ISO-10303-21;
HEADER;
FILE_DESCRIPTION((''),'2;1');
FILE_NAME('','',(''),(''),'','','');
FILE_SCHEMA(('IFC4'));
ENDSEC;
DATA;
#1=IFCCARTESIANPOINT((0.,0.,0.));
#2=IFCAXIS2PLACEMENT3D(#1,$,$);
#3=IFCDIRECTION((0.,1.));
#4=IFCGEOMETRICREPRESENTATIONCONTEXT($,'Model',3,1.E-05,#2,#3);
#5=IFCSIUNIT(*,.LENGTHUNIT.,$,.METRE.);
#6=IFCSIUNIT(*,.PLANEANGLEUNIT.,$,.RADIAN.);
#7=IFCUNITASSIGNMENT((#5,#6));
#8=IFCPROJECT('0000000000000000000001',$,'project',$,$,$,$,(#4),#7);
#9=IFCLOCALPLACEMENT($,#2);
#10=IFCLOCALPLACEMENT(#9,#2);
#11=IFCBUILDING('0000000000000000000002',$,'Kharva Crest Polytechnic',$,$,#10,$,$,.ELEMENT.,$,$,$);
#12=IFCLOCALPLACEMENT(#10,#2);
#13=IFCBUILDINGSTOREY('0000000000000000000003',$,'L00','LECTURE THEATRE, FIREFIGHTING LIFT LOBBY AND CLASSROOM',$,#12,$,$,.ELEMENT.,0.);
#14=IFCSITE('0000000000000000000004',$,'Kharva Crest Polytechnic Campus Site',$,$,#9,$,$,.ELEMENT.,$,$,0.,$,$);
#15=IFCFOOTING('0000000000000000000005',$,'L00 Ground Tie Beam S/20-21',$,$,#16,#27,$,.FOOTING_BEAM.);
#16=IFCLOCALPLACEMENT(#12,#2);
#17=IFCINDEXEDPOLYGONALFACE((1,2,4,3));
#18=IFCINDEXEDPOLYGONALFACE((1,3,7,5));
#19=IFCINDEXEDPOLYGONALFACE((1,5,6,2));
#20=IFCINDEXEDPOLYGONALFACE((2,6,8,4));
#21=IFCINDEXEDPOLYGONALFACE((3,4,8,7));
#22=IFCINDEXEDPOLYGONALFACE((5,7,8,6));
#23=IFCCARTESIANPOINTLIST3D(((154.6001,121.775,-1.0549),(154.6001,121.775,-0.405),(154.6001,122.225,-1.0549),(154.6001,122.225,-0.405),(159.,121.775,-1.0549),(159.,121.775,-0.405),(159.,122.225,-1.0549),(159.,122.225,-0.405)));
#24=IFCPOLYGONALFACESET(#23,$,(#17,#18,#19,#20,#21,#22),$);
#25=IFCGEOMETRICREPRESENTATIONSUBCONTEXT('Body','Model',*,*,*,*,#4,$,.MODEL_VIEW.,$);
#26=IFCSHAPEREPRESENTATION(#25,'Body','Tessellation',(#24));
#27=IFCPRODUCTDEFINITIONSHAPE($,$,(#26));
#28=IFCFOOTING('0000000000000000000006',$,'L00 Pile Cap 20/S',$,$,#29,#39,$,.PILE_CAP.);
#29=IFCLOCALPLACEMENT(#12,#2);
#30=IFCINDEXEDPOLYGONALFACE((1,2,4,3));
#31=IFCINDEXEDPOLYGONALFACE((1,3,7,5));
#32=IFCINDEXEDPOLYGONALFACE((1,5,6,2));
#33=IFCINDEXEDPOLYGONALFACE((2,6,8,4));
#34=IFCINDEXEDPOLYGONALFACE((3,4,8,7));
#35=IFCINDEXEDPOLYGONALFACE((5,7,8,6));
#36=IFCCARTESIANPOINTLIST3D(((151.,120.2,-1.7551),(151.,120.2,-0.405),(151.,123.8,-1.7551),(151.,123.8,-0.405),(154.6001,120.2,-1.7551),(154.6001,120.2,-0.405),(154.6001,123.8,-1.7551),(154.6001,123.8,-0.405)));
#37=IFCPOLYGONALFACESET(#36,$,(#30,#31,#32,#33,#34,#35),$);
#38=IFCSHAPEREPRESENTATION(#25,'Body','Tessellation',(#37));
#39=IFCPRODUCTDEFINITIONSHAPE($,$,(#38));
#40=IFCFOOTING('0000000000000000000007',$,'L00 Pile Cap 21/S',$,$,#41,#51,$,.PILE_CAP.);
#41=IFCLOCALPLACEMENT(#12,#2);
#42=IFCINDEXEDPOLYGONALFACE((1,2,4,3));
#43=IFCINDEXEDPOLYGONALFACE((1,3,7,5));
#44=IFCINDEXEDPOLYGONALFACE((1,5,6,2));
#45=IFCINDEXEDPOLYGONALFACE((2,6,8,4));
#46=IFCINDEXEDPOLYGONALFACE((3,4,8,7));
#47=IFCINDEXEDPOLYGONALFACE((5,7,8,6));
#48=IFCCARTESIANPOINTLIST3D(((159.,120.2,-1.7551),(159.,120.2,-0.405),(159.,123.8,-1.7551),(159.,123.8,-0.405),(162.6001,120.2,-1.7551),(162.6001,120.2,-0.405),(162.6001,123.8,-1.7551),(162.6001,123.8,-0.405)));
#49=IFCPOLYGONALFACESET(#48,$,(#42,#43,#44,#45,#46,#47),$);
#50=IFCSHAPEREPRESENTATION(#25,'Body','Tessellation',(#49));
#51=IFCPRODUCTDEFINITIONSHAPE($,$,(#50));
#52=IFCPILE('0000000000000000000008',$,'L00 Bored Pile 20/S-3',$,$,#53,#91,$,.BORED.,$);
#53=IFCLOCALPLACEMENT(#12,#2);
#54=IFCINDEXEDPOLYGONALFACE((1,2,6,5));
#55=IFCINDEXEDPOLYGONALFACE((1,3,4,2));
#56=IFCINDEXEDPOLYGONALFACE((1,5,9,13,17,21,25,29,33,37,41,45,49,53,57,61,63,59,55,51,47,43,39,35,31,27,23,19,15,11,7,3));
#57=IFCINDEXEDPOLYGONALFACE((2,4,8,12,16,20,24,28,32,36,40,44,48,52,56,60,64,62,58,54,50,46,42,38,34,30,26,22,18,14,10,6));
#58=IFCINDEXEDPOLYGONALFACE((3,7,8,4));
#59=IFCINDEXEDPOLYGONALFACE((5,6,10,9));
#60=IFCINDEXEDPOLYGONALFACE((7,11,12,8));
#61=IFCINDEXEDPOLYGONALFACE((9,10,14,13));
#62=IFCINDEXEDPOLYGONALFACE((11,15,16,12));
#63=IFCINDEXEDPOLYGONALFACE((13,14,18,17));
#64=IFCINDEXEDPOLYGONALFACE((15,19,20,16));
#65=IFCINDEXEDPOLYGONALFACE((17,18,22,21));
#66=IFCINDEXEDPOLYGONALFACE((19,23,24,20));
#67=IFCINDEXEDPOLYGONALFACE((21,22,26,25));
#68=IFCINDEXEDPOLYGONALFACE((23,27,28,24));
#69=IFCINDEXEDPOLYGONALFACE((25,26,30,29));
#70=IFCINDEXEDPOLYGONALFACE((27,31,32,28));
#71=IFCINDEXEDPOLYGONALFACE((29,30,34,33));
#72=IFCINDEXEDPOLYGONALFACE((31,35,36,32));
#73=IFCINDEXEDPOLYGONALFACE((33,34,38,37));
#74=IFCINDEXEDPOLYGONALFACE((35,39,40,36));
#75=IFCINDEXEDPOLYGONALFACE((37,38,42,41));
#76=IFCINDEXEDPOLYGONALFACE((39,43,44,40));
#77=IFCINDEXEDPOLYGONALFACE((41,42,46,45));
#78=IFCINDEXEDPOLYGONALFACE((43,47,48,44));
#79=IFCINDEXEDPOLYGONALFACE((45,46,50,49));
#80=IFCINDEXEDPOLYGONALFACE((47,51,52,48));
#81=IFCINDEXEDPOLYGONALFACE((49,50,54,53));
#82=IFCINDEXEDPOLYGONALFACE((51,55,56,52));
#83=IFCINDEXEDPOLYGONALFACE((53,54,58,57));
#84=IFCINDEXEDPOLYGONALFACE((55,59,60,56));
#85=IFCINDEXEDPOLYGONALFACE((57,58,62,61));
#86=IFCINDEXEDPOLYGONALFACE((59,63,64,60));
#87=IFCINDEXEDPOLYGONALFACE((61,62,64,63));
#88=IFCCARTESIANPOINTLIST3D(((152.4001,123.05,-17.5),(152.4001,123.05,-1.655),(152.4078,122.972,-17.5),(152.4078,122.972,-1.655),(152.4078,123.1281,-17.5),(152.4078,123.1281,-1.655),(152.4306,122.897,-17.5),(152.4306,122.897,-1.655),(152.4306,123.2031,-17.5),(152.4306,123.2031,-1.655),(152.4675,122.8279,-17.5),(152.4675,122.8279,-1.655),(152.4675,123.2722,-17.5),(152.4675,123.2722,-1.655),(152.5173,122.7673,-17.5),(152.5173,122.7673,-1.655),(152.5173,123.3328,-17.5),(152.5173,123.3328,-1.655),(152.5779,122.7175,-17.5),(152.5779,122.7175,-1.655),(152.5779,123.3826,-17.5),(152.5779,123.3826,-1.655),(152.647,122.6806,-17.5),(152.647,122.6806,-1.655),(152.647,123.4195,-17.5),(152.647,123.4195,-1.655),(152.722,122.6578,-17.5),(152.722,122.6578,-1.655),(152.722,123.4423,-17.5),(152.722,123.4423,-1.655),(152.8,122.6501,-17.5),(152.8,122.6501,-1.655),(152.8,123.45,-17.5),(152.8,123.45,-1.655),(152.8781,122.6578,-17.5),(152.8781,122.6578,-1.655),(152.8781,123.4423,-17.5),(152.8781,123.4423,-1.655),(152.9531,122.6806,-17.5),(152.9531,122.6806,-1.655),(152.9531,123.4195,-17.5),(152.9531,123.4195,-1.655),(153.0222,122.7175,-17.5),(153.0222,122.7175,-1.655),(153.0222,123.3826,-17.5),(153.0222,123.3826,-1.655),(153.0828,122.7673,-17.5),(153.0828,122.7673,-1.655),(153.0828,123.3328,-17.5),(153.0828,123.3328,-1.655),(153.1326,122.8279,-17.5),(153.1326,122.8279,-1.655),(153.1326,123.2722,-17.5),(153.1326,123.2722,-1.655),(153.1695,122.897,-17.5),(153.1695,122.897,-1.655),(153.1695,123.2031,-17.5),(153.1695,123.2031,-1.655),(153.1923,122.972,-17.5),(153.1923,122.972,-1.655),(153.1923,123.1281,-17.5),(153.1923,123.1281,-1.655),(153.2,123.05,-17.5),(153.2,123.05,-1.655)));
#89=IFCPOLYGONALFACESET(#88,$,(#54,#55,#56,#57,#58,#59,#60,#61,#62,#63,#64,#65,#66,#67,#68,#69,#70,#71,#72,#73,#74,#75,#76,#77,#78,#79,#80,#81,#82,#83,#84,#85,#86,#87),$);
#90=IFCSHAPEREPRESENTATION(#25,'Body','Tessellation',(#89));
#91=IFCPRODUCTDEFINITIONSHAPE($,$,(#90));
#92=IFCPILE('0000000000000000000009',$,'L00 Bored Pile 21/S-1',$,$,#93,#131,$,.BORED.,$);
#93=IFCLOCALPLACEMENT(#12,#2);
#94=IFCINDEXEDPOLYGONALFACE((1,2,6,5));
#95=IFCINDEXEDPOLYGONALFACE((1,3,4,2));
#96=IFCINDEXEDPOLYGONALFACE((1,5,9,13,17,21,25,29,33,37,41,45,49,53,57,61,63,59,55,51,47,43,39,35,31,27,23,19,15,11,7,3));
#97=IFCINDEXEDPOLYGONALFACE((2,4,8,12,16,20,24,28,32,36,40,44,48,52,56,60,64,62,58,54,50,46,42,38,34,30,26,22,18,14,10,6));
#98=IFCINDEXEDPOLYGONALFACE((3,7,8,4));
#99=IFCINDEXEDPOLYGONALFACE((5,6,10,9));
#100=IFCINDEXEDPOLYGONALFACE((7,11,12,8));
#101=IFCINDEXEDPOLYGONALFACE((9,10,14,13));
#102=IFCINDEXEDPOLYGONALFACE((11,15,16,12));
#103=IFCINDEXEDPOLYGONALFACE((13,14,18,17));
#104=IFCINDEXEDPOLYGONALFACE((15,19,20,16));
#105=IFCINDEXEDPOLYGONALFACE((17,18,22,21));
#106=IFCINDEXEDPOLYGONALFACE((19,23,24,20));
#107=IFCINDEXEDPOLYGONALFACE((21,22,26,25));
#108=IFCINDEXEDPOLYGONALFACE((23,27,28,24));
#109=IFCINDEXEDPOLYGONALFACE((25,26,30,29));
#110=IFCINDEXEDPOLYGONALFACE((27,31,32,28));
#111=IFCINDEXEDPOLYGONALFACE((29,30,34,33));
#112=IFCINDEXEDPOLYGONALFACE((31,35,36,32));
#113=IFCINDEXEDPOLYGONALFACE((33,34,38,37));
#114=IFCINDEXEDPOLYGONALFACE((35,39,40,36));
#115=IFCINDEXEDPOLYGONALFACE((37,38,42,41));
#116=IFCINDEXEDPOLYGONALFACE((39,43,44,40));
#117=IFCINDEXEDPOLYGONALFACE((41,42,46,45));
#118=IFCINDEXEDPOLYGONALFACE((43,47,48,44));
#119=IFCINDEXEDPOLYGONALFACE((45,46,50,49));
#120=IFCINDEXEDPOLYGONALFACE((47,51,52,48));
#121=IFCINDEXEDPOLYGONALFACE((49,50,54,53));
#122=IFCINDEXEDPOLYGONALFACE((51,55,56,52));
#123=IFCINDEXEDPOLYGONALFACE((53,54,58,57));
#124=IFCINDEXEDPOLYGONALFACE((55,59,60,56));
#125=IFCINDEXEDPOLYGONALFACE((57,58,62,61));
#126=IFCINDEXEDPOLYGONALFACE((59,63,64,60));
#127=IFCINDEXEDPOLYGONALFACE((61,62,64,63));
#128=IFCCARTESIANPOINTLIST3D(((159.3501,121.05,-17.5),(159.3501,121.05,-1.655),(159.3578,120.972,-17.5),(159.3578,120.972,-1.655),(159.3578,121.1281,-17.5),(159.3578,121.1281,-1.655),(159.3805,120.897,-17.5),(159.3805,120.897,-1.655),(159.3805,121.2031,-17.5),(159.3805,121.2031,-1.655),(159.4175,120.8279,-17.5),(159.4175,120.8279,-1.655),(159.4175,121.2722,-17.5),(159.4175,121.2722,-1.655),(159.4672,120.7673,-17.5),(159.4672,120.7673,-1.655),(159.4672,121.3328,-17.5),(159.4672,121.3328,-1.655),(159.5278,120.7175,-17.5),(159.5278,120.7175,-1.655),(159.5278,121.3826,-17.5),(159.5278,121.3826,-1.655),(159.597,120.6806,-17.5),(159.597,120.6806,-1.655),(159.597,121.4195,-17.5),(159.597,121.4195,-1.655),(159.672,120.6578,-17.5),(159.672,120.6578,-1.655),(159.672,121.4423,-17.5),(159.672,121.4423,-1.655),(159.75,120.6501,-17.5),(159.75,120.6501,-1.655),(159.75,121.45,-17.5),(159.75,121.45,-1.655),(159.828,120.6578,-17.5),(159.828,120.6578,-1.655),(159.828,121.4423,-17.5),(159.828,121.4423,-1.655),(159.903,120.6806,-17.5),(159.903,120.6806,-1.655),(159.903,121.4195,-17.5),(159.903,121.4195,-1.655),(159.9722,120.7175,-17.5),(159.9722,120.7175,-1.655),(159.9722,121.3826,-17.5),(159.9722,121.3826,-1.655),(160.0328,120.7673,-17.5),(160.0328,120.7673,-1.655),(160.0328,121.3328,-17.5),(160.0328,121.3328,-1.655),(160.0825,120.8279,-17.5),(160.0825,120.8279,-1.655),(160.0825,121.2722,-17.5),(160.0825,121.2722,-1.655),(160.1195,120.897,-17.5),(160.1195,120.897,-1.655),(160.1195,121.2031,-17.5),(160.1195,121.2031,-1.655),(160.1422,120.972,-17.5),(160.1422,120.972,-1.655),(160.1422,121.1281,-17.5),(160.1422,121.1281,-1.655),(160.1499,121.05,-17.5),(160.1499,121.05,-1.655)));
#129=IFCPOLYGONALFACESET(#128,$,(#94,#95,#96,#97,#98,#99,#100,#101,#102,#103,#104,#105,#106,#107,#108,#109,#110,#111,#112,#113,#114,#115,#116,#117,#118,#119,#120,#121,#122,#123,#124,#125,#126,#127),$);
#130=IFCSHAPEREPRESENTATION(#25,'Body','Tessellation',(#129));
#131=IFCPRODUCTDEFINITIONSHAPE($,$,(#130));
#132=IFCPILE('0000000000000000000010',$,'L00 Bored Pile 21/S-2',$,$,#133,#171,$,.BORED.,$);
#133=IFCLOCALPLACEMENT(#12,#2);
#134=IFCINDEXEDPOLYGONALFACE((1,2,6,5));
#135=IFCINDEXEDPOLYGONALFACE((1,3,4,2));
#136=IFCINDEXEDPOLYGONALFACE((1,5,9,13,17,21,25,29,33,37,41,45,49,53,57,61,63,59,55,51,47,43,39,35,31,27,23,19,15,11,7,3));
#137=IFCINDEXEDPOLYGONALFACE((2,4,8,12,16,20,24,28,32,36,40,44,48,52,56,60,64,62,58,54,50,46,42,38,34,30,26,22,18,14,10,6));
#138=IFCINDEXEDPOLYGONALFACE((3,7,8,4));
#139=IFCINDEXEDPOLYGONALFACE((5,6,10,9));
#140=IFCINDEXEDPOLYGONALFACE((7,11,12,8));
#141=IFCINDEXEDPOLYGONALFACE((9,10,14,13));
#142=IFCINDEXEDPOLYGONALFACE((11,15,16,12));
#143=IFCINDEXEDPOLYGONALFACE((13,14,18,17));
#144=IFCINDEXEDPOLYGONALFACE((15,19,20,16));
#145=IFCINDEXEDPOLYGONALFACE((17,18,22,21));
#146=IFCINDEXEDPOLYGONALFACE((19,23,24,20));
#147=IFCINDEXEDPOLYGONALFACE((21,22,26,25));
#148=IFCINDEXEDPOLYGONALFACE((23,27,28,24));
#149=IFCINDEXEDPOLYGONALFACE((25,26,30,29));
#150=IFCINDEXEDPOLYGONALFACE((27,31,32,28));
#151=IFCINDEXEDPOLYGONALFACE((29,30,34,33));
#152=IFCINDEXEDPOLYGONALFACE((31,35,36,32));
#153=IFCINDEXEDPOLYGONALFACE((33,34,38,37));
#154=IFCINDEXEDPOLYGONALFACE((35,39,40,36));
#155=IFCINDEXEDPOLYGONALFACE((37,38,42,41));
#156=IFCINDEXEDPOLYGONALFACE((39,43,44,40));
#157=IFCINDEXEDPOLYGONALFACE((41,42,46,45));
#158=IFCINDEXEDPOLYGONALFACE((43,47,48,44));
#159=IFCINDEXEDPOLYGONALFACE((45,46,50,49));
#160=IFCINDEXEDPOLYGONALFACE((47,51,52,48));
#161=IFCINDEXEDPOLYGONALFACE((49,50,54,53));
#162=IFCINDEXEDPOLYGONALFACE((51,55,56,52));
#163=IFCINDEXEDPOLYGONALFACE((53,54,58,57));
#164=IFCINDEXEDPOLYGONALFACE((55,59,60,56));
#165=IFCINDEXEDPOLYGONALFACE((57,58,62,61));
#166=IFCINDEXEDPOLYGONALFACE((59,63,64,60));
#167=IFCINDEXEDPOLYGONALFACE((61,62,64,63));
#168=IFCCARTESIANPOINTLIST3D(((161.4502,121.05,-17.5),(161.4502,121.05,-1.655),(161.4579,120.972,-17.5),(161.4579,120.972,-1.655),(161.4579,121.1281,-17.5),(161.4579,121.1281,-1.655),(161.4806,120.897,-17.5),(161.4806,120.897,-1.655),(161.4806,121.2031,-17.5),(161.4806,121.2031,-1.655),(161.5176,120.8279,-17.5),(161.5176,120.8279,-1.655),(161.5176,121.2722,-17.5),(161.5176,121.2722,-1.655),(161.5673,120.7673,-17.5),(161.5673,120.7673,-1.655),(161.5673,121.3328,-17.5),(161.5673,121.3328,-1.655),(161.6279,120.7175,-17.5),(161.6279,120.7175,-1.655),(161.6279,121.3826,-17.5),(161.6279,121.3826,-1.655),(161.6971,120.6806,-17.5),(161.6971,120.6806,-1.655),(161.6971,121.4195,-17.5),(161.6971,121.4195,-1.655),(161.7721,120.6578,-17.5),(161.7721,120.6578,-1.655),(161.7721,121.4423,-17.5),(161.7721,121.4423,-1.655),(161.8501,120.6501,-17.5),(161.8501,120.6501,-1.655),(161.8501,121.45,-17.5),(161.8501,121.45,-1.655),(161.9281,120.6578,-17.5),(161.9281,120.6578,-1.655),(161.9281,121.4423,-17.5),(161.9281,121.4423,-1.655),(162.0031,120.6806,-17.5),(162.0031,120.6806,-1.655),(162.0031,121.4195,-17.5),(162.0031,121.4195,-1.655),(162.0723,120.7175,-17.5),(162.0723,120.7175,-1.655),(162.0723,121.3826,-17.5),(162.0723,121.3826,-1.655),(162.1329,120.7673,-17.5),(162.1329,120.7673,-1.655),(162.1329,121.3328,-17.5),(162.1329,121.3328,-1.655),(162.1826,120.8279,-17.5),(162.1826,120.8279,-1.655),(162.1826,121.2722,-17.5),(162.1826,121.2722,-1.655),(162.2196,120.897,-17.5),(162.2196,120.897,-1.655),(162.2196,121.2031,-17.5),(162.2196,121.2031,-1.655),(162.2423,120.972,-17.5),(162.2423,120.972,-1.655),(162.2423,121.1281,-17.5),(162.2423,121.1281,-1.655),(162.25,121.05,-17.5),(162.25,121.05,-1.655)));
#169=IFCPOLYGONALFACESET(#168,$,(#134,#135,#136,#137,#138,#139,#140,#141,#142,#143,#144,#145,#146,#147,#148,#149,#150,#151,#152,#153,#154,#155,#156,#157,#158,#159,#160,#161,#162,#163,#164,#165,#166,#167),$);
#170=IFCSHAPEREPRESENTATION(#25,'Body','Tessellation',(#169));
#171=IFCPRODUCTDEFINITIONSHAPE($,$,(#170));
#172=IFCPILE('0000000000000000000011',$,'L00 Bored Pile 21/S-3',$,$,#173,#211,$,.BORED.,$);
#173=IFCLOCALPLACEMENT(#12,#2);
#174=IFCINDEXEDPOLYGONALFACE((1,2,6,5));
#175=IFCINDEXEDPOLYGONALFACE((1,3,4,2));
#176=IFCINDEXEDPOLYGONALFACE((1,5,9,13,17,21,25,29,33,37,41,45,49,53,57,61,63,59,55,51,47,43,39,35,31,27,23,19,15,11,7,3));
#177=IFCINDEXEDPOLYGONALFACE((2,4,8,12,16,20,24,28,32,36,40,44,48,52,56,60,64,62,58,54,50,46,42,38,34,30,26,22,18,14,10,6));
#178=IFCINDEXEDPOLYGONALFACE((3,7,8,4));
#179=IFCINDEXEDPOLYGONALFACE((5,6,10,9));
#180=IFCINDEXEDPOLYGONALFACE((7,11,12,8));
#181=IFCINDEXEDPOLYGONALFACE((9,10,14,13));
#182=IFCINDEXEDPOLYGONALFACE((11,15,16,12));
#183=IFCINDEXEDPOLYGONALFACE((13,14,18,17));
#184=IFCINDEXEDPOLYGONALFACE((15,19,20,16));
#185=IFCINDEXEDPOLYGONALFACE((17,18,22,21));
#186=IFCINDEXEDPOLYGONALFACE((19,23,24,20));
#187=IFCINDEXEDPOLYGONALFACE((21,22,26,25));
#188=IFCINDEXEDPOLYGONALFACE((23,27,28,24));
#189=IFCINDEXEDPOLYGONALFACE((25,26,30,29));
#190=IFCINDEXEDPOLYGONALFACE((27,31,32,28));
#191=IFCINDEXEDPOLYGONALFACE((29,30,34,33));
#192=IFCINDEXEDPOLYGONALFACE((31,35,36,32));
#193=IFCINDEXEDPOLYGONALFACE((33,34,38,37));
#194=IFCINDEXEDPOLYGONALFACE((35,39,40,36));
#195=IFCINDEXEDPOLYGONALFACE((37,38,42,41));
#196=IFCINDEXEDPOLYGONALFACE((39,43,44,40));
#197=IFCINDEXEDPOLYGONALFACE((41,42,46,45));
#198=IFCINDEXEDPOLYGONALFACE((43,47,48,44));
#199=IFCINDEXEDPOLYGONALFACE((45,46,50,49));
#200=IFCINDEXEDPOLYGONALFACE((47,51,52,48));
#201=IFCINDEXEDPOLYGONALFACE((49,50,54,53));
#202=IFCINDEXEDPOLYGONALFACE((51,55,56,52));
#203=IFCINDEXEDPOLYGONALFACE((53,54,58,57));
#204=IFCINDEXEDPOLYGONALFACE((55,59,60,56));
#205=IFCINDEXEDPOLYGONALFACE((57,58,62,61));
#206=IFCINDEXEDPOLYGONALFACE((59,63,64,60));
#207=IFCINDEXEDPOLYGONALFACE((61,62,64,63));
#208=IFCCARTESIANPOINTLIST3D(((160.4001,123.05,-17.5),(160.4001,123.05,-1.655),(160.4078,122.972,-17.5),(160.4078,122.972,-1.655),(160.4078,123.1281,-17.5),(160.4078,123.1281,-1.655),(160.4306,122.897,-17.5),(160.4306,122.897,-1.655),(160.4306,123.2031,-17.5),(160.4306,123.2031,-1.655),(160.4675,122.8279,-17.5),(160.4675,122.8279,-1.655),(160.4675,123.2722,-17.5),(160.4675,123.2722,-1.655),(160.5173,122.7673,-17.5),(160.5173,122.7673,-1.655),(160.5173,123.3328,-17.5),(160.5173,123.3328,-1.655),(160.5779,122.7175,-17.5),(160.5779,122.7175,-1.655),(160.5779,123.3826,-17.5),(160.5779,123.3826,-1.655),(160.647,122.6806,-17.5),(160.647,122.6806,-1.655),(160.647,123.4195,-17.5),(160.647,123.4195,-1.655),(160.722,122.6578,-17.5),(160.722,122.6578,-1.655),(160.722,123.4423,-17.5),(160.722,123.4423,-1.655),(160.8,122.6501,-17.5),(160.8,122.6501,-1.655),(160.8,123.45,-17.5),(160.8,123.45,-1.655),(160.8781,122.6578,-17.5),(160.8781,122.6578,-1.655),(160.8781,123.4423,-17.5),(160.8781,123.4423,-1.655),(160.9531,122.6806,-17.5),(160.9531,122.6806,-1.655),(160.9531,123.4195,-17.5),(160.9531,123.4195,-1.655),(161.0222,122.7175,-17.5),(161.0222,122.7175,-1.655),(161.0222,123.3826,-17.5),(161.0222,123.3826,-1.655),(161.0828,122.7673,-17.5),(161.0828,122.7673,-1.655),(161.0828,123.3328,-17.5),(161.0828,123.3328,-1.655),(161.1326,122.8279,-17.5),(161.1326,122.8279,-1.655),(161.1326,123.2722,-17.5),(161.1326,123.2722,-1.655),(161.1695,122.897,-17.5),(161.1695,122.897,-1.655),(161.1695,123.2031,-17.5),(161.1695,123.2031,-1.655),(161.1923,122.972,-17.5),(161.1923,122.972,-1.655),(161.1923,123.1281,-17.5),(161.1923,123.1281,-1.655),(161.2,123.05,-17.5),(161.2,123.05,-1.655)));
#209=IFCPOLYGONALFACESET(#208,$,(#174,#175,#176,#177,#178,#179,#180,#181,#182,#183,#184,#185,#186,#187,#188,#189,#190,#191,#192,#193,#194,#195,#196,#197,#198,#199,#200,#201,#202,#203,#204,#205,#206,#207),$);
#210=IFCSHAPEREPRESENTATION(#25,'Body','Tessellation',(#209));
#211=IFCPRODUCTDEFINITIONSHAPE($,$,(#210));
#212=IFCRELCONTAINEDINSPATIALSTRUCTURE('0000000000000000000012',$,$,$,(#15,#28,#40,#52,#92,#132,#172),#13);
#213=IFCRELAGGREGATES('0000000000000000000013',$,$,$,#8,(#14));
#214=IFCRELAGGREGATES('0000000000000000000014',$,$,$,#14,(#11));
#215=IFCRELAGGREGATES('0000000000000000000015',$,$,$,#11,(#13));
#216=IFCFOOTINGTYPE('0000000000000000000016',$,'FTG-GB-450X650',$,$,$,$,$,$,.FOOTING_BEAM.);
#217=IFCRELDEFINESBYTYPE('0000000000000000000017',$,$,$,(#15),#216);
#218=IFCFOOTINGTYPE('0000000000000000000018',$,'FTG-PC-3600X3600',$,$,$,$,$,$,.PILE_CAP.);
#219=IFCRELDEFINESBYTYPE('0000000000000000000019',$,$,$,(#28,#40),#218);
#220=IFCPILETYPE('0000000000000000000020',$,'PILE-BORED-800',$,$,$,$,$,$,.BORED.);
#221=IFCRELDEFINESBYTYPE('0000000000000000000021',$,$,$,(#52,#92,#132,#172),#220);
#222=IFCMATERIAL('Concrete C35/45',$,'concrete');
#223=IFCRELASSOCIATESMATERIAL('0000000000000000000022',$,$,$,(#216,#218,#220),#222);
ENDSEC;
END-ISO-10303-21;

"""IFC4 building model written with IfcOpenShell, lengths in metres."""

from ifc_helpers import new_model, si_unit, direction, frame, origin, origin_2d, place, context, subcontext, project, spatial, rectangle, circle, extrude, material, material_profile, profile_set, type_object, element, save


model = new_model("IFC4")

# Units and contexts
model_context = context("Model", 3, precision=1e-05, world=origin(), true_north=direction((0.0, 1.0)))
body_context = subcontext(model_context, "Body", "Model", "MODEL_VIEW")
ifc_project = project(units=[si_unit("LENGTHUNIT", "METRE"), si_unit("PLANEANGLEUNIT", "RADIAN")], contexts=[model_context])

# Site, building, storey
site_placement = place(None, origin())
site = spatial("IfcSite", under=ifc_project, at=site_placement, Name="Kharva Crest Polytechnic Campus Site", CompositionType="ELEMENT", RefElevation=0.0)
building_placement = place(site_placement, origin())
building = spatial("IfcBuilding", under=site, at=building_placement, Name="Kharva Crest Polytechnic", CompositionType="ELEMENT")
storey_placement = place(building_placement, origin())
storey = spatial("IfcBuildingStorey", under=building, at=storey_placement, Name="L00", Description="LECTURE THEATRE, FIREFIGHTING LIFT LOBBY AND CLASSROOM", CompositionType="ELEMENT", Elevation=0.0)

# Footings
ifc_material_1 = material(Name="Concrete C35/45", Category="concrete")
footing_type_1 = type_object("IfcFootingType", Name="FTG-GB-450X650", PredefinedType="FOOTING_BEAM", material=ifc_material_1)
footing_placement = place(storey_placement, frame((156.8, 122.0, -1.0549), z_axis=(0.0, 0.0, 1.0), x_axis=(1.0, 0.0, 0.0)))
element("IfcFooting", 1, at=footing_placement, inside=storey, type_object=footing_type_1, Name="L00 Ground Tie Beam S/20-21", PredefinedType="FOOTING_BEAM", context=body_context, shape_type="SweptSolid", body=[
    extrude(rectangle(XDim=4.3999, YDim=0.45, at=origin_2d()), origin(), (0.0, 0.0, 1.0), 0.6499),
])
footing_type_2 = type_object("IfcFootingType", Name="FTG-PC-3600X3600", PredefinedType="PILE_CAP", material=ifc_material_1)
for number, where, z_axis, x_axis, name in (
    (2, (152.8, 122.0, -1.7551), (0.0, 0.0, 1.0), (1.0, 0.0, 0.0), "L00 Pile Cap 20/S"),
    (3, (160.8, 122.0, -1.7551), (0.0, 0.0, 1.0), (1.0, 0.0, 0.0), "L00 Pile Cap 21/S"),
):
    element("IfcFooting", number, at=place(storey_placement, frame(where, z_axis=z_axis, x_axis=x_axis)), inside=storey, type_object=footing_type_2, Name=name, PredefinedType="PILE_CAP", context=body_context, shape_type="SweptSolid", body=[
        extrude(rectangle(XDim=3.6001, YDim=3.6001, at=origin_2d()), origin(), (0.0, 0.0, 1.0), 1.3501),
    ])

# Piles
ifc_material_profile_1 = material_profile(ifc_material_1, circle(Radius=0.3999, at=origin_2d()), Name="DIA 800")
ifc_profile_set_1 = profile_set([ifc_material_profile_1], Name="Concrete C35/45")
pile_type = type_object("IfcPileType", Name="PILE-BORED-800", PredefinedType="BORED", material=ifc_profile_set_1)
for number, where, z_axis, x_axis, name in (
    (4, (152.8, 123.05, -1.655), (0.0, 0.0, -1.0), (1.0, 0.0, 0.0), "L00 Bored Pile 20/S-3"),
    (5, (159.75, 121.05, -1.655), (0.0, 0.0, -1.0), (1.0, 0.0, 0.0), "L00 Bored Pile 21/S-1"),
    (6, (161.8501, 121.05, -1.655), (0.0, 0.0, -1.0), (1.0, 0.0, 0.0), "L00 Bored Pile 21/S-2"),
    (7, (160.8, 123.05, -1.655), (0.0, 0.0, -1.0), (1.0, 0.0, 0.0), "L00 Bored Pile 21/S-3"),
):
    element("IfcPile", number, at=place(storey_placement, frame(where, z_axis=z_axis, x_axis=x_axis)), inside=storey, type_object=pile_type, Name=name, PredefinedType="BORED", context=body_context, shape_type="SweptSolid", body=[
        extrude(circle(Radius=0.3999, at=origin_2d()), origin(), (0.0, 0.0, 1.0), 15.845),
    ])

save(model, "model.ifc")
